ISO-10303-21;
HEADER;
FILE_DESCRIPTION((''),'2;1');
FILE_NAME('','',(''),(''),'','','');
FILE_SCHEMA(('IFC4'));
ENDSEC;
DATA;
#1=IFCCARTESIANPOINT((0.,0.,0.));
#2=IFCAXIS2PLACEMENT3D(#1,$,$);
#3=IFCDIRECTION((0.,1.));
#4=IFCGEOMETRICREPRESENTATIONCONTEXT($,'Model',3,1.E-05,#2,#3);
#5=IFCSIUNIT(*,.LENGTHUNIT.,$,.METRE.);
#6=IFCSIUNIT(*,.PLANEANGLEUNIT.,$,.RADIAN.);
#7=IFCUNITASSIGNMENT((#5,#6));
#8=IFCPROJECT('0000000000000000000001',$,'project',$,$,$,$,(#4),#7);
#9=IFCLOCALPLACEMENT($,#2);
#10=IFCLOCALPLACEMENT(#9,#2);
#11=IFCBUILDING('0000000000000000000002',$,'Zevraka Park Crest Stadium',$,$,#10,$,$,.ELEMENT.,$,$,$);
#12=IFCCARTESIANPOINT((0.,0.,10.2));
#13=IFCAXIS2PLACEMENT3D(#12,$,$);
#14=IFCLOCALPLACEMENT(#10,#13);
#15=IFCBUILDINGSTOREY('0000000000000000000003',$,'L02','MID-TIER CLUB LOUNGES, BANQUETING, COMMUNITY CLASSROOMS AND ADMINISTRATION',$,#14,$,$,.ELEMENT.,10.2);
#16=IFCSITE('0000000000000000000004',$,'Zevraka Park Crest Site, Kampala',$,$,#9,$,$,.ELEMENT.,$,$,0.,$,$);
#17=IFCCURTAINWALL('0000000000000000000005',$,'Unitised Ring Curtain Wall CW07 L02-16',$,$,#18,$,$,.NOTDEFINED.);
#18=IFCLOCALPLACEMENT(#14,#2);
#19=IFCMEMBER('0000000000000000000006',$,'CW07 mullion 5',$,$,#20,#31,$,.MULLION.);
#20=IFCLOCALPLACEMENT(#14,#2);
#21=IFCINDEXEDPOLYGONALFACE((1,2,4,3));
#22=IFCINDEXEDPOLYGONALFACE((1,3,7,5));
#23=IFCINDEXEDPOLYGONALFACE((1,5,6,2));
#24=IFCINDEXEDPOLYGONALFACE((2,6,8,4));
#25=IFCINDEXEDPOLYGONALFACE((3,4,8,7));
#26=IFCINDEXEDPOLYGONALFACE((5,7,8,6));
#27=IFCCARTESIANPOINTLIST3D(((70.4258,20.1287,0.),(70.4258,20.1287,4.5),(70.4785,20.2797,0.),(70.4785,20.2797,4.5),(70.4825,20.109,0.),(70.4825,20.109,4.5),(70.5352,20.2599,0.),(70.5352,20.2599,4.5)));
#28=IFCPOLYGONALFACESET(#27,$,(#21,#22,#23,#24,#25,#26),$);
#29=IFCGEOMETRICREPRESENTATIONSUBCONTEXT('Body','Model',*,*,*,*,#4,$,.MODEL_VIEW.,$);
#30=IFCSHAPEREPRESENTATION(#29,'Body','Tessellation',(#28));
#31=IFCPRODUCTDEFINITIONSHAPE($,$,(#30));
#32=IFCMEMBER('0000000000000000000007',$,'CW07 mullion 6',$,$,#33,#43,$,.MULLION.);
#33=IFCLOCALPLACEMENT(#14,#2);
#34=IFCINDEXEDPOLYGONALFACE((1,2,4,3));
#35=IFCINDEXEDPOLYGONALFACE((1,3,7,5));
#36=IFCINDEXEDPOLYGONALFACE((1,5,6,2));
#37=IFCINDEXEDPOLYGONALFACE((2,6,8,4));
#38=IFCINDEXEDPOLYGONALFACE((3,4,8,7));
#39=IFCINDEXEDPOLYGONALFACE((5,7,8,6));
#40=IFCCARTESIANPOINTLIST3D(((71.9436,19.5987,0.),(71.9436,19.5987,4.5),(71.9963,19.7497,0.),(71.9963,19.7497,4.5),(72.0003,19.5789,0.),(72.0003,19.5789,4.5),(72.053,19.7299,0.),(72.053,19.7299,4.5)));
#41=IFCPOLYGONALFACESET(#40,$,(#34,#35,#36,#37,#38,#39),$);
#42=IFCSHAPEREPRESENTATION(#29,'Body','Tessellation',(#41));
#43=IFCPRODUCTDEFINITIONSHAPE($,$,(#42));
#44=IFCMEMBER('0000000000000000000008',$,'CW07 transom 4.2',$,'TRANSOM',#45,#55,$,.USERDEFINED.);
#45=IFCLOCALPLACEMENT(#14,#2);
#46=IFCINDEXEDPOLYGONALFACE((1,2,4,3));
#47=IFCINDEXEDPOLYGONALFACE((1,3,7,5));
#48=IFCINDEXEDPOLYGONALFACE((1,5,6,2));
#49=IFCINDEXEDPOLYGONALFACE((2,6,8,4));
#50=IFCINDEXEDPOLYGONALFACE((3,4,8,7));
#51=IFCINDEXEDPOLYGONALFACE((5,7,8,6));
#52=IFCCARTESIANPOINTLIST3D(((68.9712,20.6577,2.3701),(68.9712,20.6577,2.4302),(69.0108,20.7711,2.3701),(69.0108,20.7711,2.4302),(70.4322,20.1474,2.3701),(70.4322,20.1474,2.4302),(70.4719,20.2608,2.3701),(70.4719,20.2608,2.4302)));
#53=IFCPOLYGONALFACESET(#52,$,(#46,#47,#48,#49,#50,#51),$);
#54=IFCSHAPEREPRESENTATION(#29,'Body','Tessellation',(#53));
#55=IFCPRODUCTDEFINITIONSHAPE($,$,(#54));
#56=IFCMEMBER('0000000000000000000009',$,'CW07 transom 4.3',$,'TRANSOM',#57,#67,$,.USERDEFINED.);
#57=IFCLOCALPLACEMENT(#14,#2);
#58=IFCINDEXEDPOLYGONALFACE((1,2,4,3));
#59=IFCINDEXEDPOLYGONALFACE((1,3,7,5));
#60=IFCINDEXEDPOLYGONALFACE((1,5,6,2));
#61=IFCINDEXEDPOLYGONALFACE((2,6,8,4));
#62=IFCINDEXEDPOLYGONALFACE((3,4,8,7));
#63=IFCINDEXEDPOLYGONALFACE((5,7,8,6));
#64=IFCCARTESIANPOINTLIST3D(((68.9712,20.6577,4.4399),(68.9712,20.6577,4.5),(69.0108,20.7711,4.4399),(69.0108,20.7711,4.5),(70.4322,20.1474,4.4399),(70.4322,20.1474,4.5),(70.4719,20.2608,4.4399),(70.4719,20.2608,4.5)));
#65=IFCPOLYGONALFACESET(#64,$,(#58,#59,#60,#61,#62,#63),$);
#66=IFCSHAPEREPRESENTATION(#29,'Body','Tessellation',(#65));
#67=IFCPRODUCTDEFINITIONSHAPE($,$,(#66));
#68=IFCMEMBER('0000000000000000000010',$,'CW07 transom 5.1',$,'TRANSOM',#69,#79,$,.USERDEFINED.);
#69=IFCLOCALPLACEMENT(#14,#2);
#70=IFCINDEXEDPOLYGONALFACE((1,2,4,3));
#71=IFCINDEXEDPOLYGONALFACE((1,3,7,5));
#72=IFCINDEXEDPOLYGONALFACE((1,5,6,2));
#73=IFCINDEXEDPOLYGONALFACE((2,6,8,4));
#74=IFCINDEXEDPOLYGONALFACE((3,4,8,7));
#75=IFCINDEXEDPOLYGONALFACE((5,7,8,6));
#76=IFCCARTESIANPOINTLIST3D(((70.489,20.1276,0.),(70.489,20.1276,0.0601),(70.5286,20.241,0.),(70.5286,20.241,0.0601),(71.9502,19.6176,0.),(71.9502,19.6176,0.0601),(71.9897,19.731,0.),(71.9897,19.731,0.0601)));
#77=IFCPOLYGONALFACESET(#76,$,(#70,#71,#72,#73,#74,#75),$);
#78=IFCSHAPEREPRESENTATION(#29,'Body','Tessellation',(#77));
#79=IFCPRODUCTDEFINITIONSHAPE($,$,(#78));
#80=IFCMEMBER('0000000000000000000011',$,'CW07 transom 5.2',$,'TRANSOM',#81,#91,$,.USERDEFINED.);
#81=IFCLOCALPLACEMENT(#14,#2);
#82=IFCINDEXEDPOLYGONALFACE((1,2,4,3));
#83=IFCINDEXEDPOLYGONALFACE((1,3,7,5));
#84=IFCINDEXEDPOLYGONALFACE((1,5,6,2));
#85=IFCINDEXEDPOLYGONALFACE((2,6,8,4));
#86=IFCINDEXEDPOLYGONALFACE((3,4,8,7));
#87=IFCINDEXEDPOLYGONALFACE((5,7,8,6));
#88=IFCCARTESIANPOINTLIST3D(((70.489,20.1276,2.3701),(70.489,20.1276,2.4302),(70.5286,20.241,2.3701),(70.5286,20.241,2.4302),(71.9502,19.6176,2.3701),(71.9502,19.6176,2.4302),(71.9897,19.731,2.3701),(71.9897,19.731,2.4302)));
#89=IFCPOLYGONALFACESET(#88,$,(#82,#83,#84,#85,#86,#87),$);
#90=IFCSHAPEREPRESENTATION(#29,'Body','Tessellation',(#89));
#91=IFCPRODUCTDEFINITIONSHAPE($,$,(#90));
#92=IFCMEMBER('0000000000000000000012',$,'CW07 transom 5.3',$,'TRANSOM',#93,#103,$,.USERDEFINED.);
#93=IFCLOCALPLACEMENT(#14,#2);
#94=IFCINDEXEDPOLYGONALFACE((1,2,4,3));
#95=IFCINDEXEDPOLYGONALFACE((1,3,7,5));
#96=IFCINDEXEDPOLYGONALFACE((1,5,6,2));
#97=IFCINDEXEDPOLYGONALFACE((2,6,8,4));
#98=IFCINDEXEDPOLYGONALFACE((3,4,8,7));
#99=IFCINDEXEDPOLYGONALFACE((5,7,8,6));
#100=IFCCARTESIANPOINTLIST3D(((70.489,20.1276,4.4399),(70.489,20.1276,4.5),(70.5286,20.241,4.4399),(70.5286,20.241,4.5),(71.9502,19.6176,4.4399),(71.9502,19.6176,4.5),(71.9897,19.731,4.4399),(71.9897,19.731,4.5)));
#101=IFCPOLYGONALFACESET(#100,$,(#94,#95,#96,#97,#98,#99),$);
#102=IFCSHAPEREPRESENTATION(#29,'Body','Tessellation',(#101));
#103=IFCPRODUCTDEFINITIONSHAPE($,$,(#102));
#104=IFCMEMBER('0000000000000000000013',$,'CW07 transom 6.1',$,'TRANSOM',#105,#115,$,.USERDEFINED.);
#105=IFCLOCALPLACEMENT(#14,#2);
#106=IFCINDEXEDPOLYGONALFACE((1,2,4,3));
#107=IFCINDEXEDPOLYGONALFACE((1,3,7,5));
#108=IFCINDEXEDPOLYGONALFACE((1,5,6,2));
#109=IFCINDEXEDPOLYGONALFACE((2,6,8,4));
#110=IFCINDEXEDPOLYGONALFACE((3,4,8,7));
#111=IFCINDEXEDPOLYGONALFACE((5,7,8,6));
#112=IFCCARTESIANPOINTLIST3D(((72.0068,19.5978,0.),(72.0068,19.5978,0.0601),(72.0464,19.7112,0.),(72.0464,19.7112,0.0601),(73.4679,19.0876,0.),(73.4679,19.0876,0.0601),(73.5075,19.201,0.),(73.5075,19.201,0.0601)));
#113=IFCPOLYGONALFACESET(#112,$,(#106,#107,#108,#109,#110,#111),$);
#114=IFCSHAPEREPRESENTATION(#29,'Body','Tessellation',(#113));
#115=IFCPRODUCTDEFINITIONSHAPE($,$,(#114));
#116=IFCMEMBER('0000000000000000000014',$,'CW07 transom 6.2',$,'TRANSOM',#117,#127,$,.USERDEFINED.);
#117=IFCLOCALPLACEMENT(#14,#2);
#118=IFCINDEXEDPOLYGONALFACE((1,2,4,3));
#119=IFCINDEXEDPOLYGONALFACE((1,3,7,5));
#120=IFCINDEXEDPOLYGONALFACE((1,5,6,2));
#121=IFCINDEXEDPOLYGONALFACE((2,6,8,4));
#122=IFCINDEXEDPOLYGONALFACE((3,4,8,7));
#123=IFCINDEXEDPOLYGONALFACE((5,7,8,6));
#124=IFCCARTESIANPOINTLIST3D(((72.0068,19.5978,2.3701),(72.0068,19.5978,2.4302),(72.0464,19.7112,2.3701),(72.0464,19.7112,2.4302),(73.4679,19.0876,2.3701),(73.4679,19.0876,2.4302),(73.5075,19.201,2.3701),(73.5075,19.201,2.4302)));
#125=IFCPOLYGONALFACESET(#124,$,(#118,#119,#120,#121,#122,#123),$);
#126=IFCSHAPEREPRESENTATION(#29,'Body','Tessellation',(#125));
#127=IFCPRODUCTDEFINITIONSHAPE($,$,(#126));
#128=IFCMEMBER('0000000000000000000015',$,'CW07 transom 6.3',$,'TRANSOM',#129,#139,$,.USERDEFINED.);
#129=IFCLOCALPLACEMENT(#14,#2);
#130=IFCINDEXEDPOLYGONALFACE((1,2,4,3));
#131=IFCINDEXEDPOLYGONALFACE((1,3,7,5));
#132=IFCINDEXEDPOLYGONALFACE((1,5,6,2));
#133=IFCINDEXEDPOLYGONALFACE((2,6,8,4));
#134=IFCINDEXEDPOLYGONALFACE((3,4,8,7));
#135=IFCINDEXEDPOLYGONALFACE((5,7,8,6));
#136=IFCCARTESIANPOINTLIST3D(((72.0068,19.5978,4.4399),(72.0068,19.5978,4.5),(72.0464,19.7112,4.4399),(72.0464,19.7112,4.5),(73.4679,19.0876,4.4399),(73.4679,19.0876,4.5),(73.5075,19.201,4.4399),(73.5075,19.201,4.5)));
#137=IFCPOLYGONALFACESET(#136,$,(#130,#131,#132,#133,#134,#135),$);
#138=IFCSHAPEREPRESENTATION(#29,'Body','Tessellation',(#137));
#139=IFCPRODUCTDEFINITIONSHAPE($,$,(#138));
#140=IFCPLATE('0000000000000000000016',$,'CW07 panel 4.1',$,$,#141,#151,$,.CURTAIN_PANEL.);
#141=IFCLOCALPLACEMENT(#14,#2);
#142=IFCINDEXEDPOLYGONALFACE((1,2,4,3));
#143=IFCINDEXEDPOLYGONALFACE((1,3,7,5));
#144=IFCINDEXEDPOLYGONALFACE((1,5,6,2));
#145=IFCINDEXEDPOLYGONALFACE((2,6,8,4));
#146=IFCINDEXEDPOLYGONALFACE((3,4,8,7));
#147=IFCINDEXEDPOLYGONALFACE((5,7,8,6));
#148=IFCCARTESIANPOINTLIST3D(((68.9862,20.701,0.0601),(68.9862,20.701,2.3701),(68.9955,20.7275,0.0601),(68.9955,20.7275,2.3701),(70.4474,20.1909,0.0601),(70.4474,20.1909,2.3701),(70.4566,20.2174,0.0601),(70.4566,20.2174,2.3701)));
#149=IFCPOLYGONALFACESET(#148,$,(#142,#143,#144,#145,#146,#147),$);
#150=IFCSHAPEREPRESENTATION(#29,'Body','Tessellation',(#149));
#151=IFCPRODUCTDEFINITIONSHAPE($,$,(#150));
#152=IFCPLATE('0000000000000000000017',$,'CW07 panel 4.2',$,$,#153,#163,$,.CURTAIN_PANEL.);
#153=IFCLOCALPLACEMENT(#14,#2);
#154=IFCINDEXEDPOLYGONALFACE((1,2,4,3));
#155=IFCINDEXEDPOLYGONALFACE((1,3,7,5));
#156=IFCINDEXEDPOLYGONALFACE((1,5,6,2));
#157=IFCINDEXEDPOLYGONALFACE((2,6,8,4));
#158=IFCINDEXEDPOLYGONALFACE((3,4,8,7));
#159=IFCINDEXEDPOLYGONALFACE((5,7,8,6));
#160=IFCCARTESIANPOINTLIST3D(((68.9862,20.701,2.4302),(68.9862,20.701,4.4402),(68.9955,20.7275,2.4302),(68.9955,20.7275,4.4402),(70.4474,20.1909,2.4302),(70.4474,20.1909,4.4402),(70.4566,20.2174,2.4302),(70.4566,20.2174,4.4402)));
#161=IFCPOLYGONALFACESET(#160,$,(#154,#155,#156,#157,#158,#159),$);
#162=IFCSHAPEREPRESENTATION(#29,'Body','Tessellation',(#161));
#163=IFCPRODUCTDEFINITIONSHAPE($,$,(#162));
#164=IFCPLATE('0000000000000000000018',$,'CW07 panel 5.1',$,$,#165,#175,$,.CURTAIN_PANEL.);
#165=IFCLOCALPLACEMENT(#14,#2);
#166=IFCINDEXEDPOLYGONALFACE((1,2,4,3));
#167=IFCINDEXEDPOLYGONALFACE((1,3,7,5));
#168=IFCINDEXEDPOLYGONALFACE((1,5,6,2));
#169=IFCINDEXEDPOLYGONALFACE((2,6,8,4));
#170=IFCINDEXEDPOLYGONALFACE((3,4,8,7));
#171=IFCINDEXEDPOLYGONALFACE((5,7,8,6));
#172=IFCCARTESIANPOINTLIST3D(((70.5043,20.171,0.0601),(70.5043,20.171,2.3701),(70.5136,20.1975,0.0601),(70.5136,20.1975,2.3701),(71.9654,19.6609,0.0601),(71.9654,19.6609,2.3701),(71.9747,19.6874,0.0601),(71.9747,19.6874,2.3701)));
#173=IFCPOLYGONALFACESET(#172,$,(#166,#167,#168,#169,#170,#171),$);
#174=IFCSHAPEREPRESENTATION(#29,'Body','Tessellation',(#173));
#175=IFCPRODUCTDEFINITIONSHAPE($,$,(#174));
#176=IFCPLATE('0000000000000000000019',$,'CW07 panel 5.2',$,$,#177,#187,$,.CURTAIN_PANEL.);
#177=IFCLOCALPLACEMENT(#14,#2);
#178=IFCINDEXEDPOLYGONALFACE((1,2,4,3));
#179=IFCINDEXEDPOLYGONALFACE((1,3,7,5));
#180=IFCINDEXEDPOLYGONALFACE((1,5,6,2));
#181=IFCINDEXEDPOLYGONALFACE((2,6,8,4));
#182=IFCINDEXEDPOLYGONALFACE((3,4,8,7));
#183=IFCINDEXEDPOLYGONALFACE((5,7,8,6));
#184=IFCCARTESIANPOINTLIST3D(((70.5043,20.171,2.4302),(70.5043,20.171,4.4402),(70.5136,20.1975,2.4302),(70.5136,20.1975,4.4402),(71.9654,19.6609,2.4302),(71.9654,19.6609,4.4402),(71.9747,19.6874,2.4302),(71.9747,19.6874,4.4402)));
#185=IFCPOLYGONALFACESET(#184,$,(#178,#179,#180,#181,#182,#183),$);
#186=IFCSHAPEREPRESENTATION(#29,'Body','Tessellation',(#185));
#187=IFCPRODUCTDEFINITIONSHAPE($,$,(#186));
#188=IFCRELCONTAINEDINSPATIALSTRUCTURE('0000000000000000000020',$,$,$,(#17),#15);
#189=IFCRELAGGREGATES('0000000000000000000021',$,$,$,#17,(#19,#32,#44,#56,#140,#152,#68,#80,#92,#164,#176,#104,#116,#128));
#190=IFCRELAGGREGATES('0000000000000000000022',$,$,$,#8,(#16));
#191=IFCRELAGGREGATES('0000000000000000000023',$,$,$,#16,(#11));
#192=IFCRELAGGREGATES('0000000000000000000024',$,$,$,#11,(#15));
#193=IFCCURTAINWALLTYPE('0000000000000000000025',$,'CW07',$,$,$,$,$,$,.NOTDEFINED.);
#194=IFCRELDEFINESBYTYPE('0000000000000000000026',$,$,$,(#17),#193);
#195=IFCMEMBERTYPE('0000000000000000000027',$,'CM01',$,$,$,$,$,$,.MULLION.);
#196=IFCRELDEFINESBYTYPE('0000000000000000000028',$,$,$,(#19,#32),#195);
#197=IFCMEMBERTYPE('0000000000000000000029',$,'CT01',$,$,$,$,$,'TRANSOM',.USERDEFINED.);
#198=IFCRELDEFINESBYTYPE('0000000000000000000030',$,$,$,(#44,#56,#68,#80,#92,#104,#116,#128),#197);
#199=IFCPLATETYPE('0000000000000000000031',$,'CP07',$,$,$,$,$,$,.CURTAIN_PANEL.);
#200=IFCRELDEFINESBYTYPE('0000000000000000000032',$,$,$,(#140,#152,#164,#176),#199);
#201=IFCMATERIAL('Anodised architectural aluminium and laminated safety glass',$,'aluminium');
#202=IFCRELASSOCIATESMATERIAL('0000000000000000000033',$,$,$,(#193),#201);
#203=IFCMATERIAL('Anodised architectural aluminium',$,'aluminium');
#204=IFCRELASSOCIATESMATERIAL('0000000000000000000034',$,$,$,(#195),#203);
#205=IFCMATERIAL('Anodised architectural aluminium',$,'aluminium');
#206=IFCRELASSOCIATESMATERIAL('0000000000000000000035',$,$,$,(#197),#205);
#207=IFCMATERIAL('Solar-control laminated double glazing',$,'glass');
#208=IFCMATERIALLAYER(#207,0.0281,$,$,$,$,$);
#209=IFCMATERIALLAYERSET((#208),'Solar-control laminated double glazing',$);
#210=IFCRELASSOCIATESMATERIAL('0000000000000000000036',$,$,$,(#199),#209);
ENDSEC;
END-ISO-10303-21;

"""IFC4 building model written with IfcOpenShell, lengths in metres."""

from ifc_helpers import new_model, si_unit, direction, frame, origin, origin_2d, place, context, subcontext, project, spatial, rectangle, extrude, material, layer, layer_set, material_profile, profile_set, type_object, element, aggregate, save


model = new_model("IFC4")

# Units and contexts
model_context = context("Model", 3, precision=1e-05, world=origin(), true_north=direction((0.0, 1.0)))
body_context = subcontext(model_context, "Body", "Model", "MODEL_VIEW")
ifc_project = project(units=[si_unit("LENGTHUNIT", "METRE"), si_unit("PLANEANGLEUNIT", "RADIAN")], contexts=[model_context])

# Site, building, storey
site_placement = place(None, origin())
site = spatial("IfcSite", under=ifc_project, at=site_placement, Name="Zevraka Park Crest Site, Kampala", CompositionType="ELEMENT", RefElevation=0.0)
building_placement = place(site_placement, origin())
building = spatial("IfcBuilding", under=site, at=building_placement, Name="Zevraka Park Crest Stadium", CompositionType="ELEMENT")
storey_placement = place(building_placement, frame((0.0, 0.0, 10.2)))
storey = spatial("IfcBuildingStorey", under=building, at=storey_placement, Name="L02", Description="MID-TIER CLUB LOUNGES, BANQUETING, COMMUNITY CLASSROOMS AND ADMINISTRATION", CompositionType="ELEMENT", Elevation=10.2)

# Curtain wall, members, plates
ifc_material_1 = material(Name="Anodised architectural aluminium and laminated safety glass", Category="aluminium")
curtain_wall_type = type_object("IfcCurtainWallType", Name="CW07", PredefinedType="NOTDEFINED", material=ifc_material_1)
curtain_wall_placement = place(storey_placement, origin())
curtain_wall = element("IfcCurtainWall", 1, at=curtain_wall_placement, inside=storey, type_object=curtain_wall_type, Name="Unitised Ring Curtain Wall CW07 L02-16", PredefinedType="NOTDEFINED")
ifc_material_2 = material(Name="Anodised architectural aluminium", Category="aluminium")
ifc_material_profile_1 = material_profile(ifc_material_2, rectangle(XDim=0.1599, YDim=0.0601, at=origin_2d()), Name="ALU MULLION 160x60")
ifc_profile_set_1 = profile_set([ifc_material_profile_1], Name="Anodised architectural aluminium")
member_type_1 = type_object("IfcMemberType", Name="CM01", PredefinedType="MULLION", material=ifc_profile_set_1)
member_1_placement = place(storey_placement, frame((70.4805, 20.1943, 0.0), z_axis=(0.0, 0.0, 1.0), x_axis=(0.329619, 0.944114, 0.0)))
member_1 = element("IfcMember", 2, at=member_1_placement, type_object=member_type_1, Name="CW07 mullion 5", PredefinedType="MULLION", context=body_context, shape_type="SweptSolid", body=[
    extrude(rectangle(XDim=0.1599, YDim=0.0601, at=origin_2d()), origin(), (0.0, 0.0, 1.0), 4.5),
])
member_2_placement = place(storey_placement, frame((71.9983, 19.6643, 0.0), z_axis=(0.0, 0.0, 1.0), x_axis=(0.329619, 0.944114, 0.0)))
member_2 = element("IfcMember", 3, at=member_2_placement, type_object=member_type_1, Name="CW07 mullion 6", PredefinedType="MULLION", context=body_context, shape_type="SweptSolid", body=[
    extrude(rectangle(XDim=0.1599, YDim=0.0601, at=origin_2d()), origin(), (0.0, 0.0, 1.0), 4.5),
])
ifc_material_3 = material(Name="Anodised architectural aluminium", Category="aluminium")
ifc_material_profile_2 = material_profile(ifc_material_3, rectangle(XDim=0.1201, YDim=0.0601, at=origin_2d()), Name="ALU TRANSOM 120x60")
ifc_profile_set_2 = profile_set([ifc_material_profile_2], Name="Anodised architectural aluminium")
member_type_2 = type_object("IfcMemberType", Name="CT01", ElementType="TRANSOM", PredefinedType="USERDEFINED", material=ifc_profile_set_2)
member_3_placement = place(storey_placement, frame((68.991, 20.7144, 2.4001), z_axis=(0.944092, -0.329683, 0.0), x_axis=(0.329683, 0.944092, 0.0)))
member_3 = element("IfcMember", 4, at=member_3_placement, type_object=member_type_2, Name="CW07 transom 4.2", ObjectType="TRANSOM", PredefinedType="USERDEFINED", context=body_context, shape_type="SweptSolid", body=[
    extrude(rectangle(XDim=0.1201, YDim=0.0601, at=origin_2d()), origin(), (0.0, 0.0, 1.0), 1.5476),
])
member_4_placement = place(storey_placement, frame((68.991, 20.7144, 4.47), z_axis=(0.944092, -0.329683, 0.0), x_axis=(0.329683, 0.944092, 0.0)))
member_4 = element("IfcMember", 5, at=member_4_placement, type_object=member_type_2, Name="CW07 transom 4.3", ObjectType="TRANSOM", PredefinedType="USERDEFINED", context=body_context, shape_type="SweptSolid", body=[
    extrude(rectangle(XDim=0.1201, YDim=0.0601, at=origin_2d()), origin(), (0.0, 0.0, 1.0), 1.5476),
])
member_5_placement = place(storey_placement, frame((70.5088, 20.1843, 0.03), z_axis=(0.944141, -0.329542, 0.0), x_axis=(0.329542, 0.944141, 0.0)))
member_5 = element("IfcMember", 6, at=member_5_placement, type_object=member_type_2, Name="CW07 transom 5.1", ObjectType="TRANSOM", PredefinedType="USERDEFINED", context=body_context, shape_type="SweptSolid", body=[
    extrude(rectangle(XDim=0.1201, YDim=0.0601, at=origin_2d()), origin(), (0.0, 0.0, 1.0), 1.5476),
])
member_6_placement = place(storey_placement, frame((70.5088, 20.1843, 2.4001), z_axis=(0.944141, -0.329542, 0.0), x_axis=(0.329542, 0.944141, 0.0)))
member_6 = element("IfcMember", 7, at=member_6_placement, type_object=member_type_2, Name="CW07 transom 5.2", ObjectType="TRANSOM", PredefinedType="USERDEFINED", context=body_context, shape_type="SweptSolid", body=[
    extrude(rectangle(XDim=0.1201, YDim=0.0601, at=origin_2d()), origin(), (0.0, 0.0, 1.0), 1.5476),
])
member_7_placement = place(storey_placement, frame((70.5088, 20.1843, 4.47), z_axis=(0.944141, -0.329542, 0.0), x_axis=(0.329542, 0.944141, 0.0)))
member_7 = element("IfcMember", 8, at=member_7_placement, type_object=member_type_2, Name="CW07 transom 5.3", ObjectType="TRANSOM", PredefinedType="USERDEFINED", context=body_context, shape_type="SweptSolid", body=[
    extrude(rectangle(XDim=0.1201, YDim=0.0601, at=origin_2d()), origin(), (0.0, 0.0, 1.0), 1.5476),
])
member_8_placement = place(storey_placement, frame((72.0266, 19.6545, 0.03), z_axis=(0.944092, -0.329683, 0.0), x_axis=(0.329683, 0.944092, 0.0)))
member_8 = element("IfcMember", 9, at=member_8_placement, type_object=member_type_2, Name="CW07 transom 6.1", ObjectType="TRANSOM", PredefinedType="USERDEFINED", context=body_context, shape_type="SweptSolid", body=[
    extrude(rectangle(XDim=0.1201, YDim=0.0601, at=origin_2d()), origin(), (0.0, 0.0, 1.0), 1.5476),
])
member_9_placement = place(storey_placement, frame((72.0266, 19.6545, 2.4001), z_axis=(0.944092, -0.329683, 0.0), x_axis=(0.329683, 0.944092, 0.0)))
member_9 = element("IfcMember", 10, at=member_9_placement, type_object=member_type_2, Name="CW07 transom 6.2", ObjectType="TRANSOM", PredefinedType="USERDEFINED", context=body_context, shape_type="SweptSolid", body=[
    extrude(rectangle(XDim=0.1201, YDim=0.0601, at=origin_2d()), origin(), (0.0, 0.0, 1.0), 1.5476),
])
member_10_placement = place(storey_placement, frame((72.0266, 19.6545, 4.47), z_axis=(0.944092, -0.329683, 0.0), x_axis=(0.329683, 0.944092, 0.0)))
member_10 = element("IfcMember", 11, at=member_10_placement, type_object=member_type_2, Name="CW07 transom 6.3", ObjectType="TRANSOM", PredefinedType="USERDEFINED", context=body_context, shape_type="SweptSolid", body=[
    extrude(rectangle(XDim=0.1201, YDim=0.0601, at=origin_2d()), origin(), (0.0, 0.0, 1.0), 1.5476),
])
ifc_material_4 = material(Name="Solar-control laminated double glazing", Category="glass")
ifc_layer_1 = layer(ifc_material_4, 0.0281)
ifc_layer_set_1 = layer_set([ifc_layer_1], Name="Solar-control laminated double glazing")
plate_type = type_object("IfcPlateType", Name="CP07", PredefinedType="CURTAIN_PANEL", material=ifc_layer_set_1)
plate_1_placement = place(storey_placement, frame((69.7214, 20.4592, 0.0601), z_axis=(0.0, 0.0, 1.0), x_axis=(0.944114, -0.329619, 0.0)))
plate_1 = element("IfcPlate", 12, at=plate_1_placement, type_object=plate_type, Name="CW07 panel 4.1", PredefinedType="CURTAIN_PANEL", context=body_context, shape_type="SweptSolid", body=[
    extrude(rectangle(XDim=1.5476, YDim=0.0281, at=origin_2d()), origin(), (0.0, 0.0, 1.0), 2.3101),
])
plate_2_placement = place(storey_placement, frame((69.7214, 20.4592, 2.4302), z_axis=(0.0, 0.0, 1.0), x_axis=(0.944114, -0.329619, 0.0)))
plate_2 = element("IfcPlate", 13, at=plate_2_placement, type_object=plate_type, Name="CW07 panel 4.2", PredefinedType="CURTAIN_PANEL", context=body_context, shape_type="SweptSolid", body=[
    extrude(rectangle(XDim=1.5476, YDim=0.0281, at=origin_2d()), origin(), (0.0, 0.0, 1.0), 2.01),
])
plate_3_placement = place(storey_placement, frame((71.2395, 19.9292, 0.0601), z_axis=(0.0, 0.0, 1.0), x_axis=(0.944114, -0.329619, 0.0)))
plate_3 = element("IfcPlate", 14, at=plate_3_placement, type_object=plate_type, Name="CW07 panel 5.1", PredefinedType="CURTAIN_PANEL", context=body_context, shape_type="SweptSolid", body=[
    extrude(rectangle(XDim=1.5476, YDim=0.0281, at=origin_2d()), origin(), (0.0, 0.0, 1.0), 2.3101),
])
plate_4_placement = place(storey_placement, frame((71.2395, 19.9292, 2.4302), z_axis=(0.0, 0.0, 1.0), x_axis=(0.944114, -0.329619, 0.0)))
plate_4 = element("IfcPlate", 15, at=plate_4_placement, type_object=plate_type, Name="CW07 panel 5.2", PredefinedType="CURTAIN_PANEL", context=body_context, shape_type="SweptSolid", body=[
    extrude(rectangle(XDim=1.5476, YDim=0.0281, at=origin_2d()), origin(), (0.0, 0.0, 1.0), 2.01),
])
aggregate(curtain_wall, [member_1, member_2, member_3, member_4, plate_1, plate_2, member_5, member_6, member_7, plate_3, plate_4, member_8, member_9, member_10])

save(model, "model.ifc")
